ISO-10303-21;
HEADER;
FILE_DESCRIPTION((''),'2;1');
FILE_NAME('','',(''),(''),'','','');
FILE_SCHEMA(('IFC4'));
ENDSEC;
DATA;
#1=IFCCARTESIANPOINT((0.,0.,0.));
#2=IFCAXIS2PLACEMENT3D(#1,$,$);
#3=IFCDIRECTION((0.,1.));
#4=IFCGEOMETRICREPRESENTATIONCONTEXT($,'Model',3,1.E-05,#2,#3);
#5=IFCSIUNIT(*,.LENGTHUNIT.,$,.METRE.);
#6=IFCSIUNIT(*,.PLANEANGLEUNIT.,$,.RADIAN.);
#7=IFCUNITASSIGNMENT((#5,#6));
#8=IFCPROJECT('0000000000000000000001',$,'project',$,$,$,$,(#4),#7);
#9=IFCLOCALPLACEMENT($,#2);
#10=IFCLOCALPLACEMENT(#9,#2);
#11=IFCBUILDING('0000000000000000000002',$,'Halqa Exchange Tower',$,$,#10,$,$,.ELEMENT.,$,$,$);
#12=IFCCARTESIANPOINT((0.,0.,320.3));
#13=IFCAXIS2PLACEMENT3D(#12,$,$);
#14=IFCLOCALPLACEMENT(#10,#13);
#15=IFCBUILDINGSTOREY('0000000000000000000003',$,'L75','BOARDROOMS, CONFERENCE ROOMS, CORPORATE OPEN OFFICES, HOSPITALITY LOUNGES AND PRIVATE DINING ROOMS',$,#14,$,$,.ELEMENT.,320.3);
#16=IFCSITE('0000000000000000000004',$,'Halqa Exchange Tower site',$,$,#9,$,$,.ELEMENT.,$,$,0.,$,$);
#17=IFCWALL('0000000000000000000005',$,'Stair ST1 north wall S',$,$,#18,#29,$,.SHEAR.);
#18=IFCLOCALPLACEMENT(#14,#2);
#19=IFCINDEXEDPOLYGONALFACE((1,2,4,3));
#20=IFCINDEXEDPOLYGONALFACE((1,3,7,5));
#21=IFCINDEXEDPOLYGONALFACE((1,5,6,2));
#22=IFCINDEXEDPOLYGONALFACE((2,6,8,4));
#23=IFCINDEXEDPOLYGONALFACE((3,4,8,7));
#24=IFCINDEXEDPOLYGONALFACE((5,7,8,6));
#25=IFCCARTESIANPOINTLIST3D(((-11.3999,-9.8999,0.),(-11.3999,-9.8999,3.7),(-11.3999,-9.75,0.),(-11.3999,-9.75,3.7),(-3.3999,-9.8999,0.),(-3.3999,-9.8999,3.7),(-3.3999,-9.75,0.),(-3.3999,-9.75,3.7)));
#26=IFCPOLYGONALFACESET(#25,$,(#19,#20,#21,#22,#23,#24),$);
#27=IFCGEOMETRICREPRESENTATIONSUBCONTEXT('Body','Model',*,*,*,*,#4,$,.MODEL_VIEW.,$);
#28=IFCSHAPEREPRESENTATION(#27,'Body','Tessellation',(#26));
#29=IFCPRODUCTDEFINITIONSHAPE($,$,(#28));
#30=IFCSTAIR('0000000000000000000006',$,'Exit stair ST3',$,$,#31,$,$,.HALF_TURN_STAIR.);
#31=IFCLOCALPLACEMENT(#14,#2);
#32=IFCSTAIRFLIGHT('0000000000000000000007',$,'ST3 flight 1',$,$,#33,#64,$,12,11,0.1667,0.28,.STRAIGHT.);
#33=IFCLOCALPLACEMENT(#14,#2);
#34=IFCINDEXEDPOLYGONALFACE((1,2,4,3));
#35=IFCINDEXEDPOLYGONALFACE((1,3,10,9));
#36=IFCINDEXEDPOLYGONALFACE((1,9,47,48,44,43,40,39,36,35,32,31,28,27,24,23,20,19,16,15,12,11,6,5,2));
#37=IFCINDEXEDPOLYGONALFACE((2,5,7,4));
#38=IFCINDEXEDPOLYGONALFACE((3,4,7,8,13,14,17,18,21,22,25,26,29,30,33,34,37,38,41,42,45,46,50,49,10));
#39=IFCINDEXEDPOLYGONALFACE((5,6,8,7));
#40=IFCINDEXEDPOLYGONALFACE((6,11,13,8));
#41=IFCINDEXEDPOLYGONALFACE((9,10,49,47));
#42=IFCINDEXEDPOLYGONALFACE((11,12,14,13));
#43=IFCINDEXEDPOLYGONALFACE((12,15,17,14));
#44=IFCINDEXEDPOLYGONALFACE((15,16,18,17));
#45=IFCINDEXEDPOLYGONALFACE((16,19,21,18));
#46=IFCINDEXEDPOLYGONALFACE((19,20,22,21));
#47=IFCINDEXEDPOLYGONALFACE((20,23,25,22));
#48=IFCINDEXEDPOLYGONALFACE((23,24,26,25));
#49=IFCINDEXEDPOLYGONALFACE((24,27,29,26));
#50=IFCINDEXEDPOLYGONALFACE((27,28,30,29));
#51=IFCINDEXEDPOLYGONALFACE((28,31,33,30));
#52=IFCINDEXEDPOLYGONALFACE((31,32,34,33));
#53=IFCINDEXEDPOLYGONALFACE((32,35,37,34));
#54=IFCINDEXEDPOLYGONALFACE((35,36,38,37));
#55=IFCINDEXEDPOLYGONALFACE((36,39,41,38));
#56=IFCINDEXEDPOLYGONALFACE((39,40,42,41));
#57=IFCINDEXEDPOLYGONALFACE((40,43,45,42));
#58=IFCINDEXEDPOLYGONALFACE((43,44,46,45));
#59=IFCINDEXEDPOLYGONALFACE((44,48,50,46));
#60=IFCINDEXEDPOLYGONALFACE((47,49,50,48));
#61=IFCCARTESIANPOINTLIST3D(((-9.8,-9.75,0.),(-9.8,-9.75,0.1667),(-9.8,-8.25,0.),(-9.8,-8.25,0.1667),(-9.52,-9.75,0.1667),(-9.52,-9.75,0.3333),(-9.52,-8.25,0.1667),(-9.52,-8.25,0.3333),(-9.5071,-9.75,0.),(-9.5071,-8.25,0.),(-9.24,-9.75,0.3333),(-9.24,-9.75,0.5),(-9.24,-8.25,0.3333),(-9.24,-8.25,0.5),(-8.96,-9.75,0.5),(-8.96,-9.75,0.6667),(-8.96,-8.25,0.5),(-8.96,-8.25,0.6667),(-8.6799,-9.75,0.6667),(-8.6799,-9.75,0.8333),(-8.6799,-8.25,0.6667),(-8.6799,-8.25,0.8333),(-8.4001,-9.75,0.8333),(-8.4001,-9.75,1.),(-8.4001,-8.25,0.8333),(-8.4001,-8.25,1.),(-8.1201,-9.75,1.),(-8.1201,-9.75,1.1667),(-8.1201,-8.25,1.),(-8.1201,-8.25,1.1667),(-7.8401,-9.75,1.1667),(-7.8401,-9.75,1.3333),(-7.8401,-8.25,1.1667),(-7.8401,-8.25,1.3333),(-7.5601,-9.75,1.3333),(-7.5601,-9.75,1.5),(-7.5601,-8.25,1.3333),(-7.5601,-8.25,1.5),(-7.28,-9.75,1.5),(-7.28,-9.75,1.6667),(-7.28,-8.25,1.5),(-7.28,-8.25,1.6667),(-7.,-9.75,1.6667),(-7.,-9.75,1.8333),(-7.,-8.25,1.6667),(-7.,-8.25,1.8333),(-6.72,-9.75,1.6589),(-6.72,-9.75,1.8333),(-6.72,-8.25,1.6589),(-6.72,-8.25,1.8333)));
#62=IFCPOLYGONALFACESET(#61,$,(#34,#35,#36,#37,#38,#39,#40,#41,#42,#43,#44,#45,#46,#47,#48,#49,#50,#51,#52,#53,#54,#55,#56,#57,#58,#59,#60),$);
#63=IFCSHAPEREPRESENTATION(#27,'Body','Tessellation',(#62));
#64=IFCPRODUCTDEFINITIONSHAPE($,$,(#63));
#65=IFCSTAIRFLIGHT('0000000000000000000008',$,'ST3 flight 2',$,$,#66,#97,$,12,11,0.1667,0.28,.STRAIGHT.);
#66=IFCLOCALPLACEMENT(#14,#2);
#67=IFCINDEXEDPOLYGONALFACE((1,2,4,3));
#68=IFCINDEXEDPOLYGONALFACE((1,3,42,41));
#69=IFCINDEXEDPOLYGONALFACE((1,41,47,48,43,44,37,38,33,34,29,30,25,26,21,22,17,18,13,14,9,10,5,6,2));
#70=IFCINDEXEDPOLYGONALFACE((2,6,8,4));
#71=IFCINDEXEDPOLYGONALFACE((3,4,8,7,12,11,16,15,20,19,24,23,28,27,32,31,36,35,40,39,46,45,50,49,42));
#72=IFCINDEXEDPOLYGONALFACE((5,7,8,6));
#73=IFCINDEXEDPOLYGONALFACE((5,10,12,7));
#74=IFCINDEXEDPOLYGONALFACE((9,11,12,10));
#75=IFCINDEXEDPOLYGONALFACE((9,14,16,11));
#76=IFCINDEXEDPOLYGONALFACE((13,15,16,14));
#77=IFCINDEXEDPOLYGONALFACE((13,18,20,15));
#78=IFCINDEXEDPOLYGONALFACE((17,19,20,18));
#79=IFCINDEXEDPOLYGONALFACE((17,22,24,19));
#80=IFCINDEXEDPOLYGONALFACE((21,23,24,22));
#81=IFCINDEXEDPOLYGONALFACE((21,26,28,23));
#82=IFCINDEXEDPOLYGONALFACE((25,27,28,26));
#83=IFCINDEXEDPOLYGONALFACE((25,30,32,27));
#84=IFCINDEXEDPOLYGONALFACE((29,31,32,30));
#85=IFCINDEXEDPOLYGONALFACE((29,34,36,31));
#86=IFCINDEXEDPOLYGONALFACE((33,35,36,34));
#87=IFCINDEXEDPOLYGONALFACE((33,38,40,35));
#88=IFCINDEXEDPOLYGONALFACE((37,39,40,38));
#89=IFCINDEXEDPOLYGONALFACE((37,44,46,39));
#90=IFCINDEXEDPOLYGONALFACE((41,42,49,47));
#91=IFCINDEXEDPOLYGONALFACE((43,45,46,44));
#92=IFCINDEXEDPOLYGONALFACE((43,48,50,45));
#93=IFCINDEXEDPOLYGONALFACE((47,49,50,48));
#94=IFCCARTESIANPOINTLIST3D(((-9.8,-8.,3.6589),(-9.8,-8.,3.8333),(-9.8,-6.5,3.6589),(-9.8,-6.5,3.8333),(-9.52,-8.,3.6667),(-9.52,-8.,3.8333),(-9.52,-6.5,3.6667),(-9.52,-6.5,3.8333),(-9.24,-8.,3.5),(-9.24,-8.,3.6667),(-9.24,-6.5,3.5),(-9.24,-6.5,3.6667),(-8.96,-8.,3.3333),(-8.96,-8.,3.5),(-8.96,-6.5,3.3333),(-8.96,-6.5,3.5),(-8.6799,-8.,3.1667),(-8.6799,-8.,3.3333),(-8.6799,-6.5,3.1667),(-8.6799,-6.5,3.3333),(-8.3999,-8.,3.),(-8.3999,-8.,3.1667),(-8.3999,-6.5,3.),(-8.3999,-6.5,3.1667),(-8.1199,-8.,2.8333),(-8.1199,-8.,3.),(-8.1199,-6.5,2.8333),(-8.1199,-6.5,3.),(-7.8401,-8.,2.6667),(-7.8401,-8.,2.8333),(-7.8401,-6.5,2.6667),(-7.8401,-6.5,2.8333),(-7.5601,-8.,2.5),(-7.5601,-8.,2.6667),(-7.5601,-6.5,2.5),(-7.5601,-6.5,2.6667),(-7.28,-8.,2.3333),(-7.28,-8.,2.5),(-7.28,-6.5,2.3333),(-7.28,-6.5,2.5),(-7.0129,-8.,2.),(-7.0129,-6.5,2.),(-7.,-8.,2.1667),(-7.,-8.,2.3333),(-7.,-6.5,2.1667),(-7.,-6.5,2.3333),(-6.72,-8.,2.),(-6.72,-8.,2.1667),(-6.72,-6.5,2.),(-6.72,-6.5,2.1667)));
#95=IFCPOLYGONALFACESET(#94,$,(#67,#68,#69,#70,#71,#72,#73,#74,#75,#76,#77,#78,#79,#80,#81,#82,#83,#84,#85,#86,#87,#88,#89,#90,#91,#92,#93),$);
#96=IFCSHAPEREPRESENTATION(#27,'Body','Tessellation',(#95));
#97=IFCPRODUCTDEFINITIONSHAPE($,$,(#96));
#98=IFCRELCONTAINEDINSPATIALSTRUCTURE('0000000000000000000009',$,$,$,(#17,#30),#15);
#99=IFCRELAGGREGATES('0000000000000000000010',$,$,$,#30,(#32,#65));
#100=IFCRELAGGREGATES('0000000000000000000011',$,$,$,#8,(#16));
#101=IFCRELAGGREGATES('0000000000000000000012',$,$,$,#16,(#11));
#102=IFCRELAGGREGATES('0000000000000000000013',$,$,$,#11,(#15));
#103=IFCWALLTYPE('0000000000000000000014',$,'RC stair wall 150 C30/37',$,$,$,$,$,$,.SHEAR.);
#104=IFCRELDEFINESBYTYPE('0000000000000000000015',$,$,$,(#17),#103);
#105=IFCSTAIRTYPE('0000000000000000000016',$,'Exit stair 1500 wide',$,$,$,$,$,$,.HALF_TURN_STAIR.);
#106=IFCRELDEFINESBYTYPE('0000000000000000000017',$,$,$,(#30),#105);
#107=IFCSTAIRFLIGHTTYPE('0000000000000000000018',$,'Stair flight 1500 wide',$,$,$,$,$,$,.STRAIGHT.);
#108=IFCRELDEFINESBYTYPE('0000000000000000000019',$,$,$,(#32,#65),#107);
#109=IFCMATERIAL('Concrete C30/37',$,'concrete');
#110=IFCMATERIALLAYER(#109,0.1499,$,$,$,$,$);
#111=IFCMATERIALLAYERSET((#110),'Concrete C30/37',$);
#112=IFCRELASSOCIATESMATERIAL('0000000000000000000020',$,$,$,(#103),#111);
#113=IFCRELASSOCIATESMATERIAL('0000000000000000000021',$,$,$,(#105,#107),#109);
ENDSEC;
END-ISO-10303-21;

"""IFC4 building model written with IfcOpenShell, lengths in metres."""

from ifc_helpers import new_model, si_unit, direction, frame, frame_2d, origin, place, context, subcontext, project, spatial, polyline, rectangle, outline, extrude, material, layer, layer_set, type_object, element, aggregate, save


model = new_model("IFC4")

# Units and contexts
model_context = context("Model", 3, precision=1e-05, world=origin(), true_north=direction((0.0, 1.0)))
body_context = subcontext(model_context, "Body", "Model", "MODEL_VIEW")
ifc_project = project(units=[si_unit("LENGTHUNIT", "METRE"), si_unit("PLANEANGLEUNIT", "RADIAN")], contexts=[model_context])

# Site, building, storey
site_placement = place(None, origin())
site = spatial("IfcSite", under=ifc_project, at=site_placement, Name="Halqa Exchange Tower site", CompositionType="ELEMENT", RefElevation=0.0)
building_placement = place(site_placement, origin())
building = spatial("IfcBuilding", under=site, at=building_placement, Name="Halqa Exchange Tower", CompositionType="ELEMENT")
storey_placement = place(building_placement, frame((0.0, 0.0, 320.3)))
storey = spatial("IfcBuildingStorey", under=building, at=storey_placement, Name="L75", Description="BOARDROOMS, CONFERENCE ROOMS, CORPORATE OPEN OFFICES, HOSPITALITY LOUNGES AND PRIVATE DINING ROOMS", CompositionType="ELEMENT", Elevation=320.3)

# Wall
ifc_material_1 = material(Name="Concrete C30/37", Category="concrete")
ifc_layer_1 = layer(ifc_material_1, 0.1499)
ifc_layer_set_1 = layer_set([ifc_layer_1], Name="Concrete C30/37")
wall_type_1 = type_object("IfcWallType", Name="RC stair wall 150 C30/37", PredefinedType="SHEAR", material=ifc_layer_set_1)
wall_1_placement = place(storey_placement, frame((-11.3999, -9.825, 0.0), z_axis=(0.0, 0.0, 1.0), x_axis=(1.0, 0.0, 0.0)))
element("IfcWall", 1, at=wall_1_placement, inside=storey, type_object=wall_type_1, Name="Stair ST1 north wall S", PredefinedType="SHEAR", context=body_context, shape_type="SweptSolid", body=[
    extrude(rectangle(XDim=8.0, YDim=0.1499, at=frame_2d((4.0, 0.0))), origin(), (0.0, 0.0, 1.0), 3.7),
])

# Stair, stair flights
stair_type = type_object("IfcStairType", Name="Exit stair 1500 wide", PredefinedType="HALF_TURN_STAIR", material=ifc_material_1)
stair_placement = place(storey_placement, origin())
stair = element("IfcStair", 2, at=stair_placement, inside=storey, type_object=stair_type, Name="Exit stair ST3", PredefinedType="HALF_TURN_STAIR")
stair_flight_type = type_object("IfcStairFlightType", Name="Stair flight 1500 wide", PredefinedType="STRAIGHT", material=ifc_material_1)
stair_flight_1_placement = place(storey_placement, frame((-9.8, -9.0, 0.0), z_axis=(0.0, 0.0, 1.0), x_axis=(1.0, 0.0, 0.0)))
stair_flight_1 = element("IfcStairFlight", 3, at=stair_flight_1_placement, type_object=stair_flight_type, Name="ST3 flight 1", NumberOfRisers=12, NumberOfTreads=11, PredefinedType="STRAIGHT", RiserHeight=0.1667, TreadLength=0.28, context=body_context, shape_type="SweptSolid", body=[
    extrude(outline(polyline([(0.0, 0.0), (0.0, 0.1667), (0.28, 0.1667), (0.28, 0.3333), (0.5601, 0.3333), (0.5601, 0.5), (0.8401, 0.5), (0.8401, 0.6667), (1.1201, 0.6667), (1.1201, 0.8333), (1.3999, 0.8333), (1.3999, 1.0), (1.6799, 1.0), (1.6799, 1.1667), (1.96, 1.1667), (1.96, 1.3333), (2.24, 1.3333), (2.24, 1.5), (2.52, 1.5), (2.52, 1.6667), (2.8, 1.6667), (2.8, 1.8333), (3.0801, 1.8333), (3.0801, 2.0), (3.0801, 1.6589), (0.293, 0.0), (0.0, 0.0)])), frame((0.0, 0.75, 0.0), z_axis=(0.0, -1.0, 0.0), x_axis=(1.0, 0.0, 0.0)), (0.0, 0.0, 1.0), 1.5),
])
stair_flight_2_placement = place(storey_placement, frame((-6.72, -7.25, 2.0), z_axis=(0.0, 0.0, 1.0), x_axis=(-1.0, 0.0, 0.0)))
stair_flight_2 = element("IfcStairFlight", 4, at=stair_flight_2_placement, type_object=stair_flight_type, Name="ST3 flight 2", NumberOfRisers=12, NumberOfTreads=11, PredefinedType="STRAIGHT", RiserHeight=0.1667, TreadLength=0.28, context=body_context, shape_type="SweptSolid", body=[
    extrude(outline(polyline([(0.0, 0.0), (0.0, 0.1667), (0.28, 0.1667), (0.28, 0.3333), (0.5601, 0.3333), (0.5601, 0.5), (0.8401, 0.5), (0.8401, 0.6667), (1.1201, 0.6667), (1.1201, 0.8333), (1.3999, 0.8333), (1.3999, 1.0), (1.6799, 1.0), (1.6799, 1.1667), (1.96, 1.1667), (1.96, 1.3333), (2.24, 1.3333), (2.24, 1.5), (2.52, 1.5), (2.52, 1.6667), (2.8, 1.6667), (2.8, 1.8333), (3.0801, 1.8333), (3.0801, 2.0), (3.0801, 1.6589), (0.293, 0.0), (0.0, 0.0)])), frame((0.0, 0.75, 0.0), z_axis=(0.0, -1.0, 0.0), x_axis=(1.0, 0.0, 0.0)), (0.0, 0.0, 1.0), 1.5),
])
aggregate(stair, [stair_flight_1, stair_flight_2])

save(model, "model.ifc")
